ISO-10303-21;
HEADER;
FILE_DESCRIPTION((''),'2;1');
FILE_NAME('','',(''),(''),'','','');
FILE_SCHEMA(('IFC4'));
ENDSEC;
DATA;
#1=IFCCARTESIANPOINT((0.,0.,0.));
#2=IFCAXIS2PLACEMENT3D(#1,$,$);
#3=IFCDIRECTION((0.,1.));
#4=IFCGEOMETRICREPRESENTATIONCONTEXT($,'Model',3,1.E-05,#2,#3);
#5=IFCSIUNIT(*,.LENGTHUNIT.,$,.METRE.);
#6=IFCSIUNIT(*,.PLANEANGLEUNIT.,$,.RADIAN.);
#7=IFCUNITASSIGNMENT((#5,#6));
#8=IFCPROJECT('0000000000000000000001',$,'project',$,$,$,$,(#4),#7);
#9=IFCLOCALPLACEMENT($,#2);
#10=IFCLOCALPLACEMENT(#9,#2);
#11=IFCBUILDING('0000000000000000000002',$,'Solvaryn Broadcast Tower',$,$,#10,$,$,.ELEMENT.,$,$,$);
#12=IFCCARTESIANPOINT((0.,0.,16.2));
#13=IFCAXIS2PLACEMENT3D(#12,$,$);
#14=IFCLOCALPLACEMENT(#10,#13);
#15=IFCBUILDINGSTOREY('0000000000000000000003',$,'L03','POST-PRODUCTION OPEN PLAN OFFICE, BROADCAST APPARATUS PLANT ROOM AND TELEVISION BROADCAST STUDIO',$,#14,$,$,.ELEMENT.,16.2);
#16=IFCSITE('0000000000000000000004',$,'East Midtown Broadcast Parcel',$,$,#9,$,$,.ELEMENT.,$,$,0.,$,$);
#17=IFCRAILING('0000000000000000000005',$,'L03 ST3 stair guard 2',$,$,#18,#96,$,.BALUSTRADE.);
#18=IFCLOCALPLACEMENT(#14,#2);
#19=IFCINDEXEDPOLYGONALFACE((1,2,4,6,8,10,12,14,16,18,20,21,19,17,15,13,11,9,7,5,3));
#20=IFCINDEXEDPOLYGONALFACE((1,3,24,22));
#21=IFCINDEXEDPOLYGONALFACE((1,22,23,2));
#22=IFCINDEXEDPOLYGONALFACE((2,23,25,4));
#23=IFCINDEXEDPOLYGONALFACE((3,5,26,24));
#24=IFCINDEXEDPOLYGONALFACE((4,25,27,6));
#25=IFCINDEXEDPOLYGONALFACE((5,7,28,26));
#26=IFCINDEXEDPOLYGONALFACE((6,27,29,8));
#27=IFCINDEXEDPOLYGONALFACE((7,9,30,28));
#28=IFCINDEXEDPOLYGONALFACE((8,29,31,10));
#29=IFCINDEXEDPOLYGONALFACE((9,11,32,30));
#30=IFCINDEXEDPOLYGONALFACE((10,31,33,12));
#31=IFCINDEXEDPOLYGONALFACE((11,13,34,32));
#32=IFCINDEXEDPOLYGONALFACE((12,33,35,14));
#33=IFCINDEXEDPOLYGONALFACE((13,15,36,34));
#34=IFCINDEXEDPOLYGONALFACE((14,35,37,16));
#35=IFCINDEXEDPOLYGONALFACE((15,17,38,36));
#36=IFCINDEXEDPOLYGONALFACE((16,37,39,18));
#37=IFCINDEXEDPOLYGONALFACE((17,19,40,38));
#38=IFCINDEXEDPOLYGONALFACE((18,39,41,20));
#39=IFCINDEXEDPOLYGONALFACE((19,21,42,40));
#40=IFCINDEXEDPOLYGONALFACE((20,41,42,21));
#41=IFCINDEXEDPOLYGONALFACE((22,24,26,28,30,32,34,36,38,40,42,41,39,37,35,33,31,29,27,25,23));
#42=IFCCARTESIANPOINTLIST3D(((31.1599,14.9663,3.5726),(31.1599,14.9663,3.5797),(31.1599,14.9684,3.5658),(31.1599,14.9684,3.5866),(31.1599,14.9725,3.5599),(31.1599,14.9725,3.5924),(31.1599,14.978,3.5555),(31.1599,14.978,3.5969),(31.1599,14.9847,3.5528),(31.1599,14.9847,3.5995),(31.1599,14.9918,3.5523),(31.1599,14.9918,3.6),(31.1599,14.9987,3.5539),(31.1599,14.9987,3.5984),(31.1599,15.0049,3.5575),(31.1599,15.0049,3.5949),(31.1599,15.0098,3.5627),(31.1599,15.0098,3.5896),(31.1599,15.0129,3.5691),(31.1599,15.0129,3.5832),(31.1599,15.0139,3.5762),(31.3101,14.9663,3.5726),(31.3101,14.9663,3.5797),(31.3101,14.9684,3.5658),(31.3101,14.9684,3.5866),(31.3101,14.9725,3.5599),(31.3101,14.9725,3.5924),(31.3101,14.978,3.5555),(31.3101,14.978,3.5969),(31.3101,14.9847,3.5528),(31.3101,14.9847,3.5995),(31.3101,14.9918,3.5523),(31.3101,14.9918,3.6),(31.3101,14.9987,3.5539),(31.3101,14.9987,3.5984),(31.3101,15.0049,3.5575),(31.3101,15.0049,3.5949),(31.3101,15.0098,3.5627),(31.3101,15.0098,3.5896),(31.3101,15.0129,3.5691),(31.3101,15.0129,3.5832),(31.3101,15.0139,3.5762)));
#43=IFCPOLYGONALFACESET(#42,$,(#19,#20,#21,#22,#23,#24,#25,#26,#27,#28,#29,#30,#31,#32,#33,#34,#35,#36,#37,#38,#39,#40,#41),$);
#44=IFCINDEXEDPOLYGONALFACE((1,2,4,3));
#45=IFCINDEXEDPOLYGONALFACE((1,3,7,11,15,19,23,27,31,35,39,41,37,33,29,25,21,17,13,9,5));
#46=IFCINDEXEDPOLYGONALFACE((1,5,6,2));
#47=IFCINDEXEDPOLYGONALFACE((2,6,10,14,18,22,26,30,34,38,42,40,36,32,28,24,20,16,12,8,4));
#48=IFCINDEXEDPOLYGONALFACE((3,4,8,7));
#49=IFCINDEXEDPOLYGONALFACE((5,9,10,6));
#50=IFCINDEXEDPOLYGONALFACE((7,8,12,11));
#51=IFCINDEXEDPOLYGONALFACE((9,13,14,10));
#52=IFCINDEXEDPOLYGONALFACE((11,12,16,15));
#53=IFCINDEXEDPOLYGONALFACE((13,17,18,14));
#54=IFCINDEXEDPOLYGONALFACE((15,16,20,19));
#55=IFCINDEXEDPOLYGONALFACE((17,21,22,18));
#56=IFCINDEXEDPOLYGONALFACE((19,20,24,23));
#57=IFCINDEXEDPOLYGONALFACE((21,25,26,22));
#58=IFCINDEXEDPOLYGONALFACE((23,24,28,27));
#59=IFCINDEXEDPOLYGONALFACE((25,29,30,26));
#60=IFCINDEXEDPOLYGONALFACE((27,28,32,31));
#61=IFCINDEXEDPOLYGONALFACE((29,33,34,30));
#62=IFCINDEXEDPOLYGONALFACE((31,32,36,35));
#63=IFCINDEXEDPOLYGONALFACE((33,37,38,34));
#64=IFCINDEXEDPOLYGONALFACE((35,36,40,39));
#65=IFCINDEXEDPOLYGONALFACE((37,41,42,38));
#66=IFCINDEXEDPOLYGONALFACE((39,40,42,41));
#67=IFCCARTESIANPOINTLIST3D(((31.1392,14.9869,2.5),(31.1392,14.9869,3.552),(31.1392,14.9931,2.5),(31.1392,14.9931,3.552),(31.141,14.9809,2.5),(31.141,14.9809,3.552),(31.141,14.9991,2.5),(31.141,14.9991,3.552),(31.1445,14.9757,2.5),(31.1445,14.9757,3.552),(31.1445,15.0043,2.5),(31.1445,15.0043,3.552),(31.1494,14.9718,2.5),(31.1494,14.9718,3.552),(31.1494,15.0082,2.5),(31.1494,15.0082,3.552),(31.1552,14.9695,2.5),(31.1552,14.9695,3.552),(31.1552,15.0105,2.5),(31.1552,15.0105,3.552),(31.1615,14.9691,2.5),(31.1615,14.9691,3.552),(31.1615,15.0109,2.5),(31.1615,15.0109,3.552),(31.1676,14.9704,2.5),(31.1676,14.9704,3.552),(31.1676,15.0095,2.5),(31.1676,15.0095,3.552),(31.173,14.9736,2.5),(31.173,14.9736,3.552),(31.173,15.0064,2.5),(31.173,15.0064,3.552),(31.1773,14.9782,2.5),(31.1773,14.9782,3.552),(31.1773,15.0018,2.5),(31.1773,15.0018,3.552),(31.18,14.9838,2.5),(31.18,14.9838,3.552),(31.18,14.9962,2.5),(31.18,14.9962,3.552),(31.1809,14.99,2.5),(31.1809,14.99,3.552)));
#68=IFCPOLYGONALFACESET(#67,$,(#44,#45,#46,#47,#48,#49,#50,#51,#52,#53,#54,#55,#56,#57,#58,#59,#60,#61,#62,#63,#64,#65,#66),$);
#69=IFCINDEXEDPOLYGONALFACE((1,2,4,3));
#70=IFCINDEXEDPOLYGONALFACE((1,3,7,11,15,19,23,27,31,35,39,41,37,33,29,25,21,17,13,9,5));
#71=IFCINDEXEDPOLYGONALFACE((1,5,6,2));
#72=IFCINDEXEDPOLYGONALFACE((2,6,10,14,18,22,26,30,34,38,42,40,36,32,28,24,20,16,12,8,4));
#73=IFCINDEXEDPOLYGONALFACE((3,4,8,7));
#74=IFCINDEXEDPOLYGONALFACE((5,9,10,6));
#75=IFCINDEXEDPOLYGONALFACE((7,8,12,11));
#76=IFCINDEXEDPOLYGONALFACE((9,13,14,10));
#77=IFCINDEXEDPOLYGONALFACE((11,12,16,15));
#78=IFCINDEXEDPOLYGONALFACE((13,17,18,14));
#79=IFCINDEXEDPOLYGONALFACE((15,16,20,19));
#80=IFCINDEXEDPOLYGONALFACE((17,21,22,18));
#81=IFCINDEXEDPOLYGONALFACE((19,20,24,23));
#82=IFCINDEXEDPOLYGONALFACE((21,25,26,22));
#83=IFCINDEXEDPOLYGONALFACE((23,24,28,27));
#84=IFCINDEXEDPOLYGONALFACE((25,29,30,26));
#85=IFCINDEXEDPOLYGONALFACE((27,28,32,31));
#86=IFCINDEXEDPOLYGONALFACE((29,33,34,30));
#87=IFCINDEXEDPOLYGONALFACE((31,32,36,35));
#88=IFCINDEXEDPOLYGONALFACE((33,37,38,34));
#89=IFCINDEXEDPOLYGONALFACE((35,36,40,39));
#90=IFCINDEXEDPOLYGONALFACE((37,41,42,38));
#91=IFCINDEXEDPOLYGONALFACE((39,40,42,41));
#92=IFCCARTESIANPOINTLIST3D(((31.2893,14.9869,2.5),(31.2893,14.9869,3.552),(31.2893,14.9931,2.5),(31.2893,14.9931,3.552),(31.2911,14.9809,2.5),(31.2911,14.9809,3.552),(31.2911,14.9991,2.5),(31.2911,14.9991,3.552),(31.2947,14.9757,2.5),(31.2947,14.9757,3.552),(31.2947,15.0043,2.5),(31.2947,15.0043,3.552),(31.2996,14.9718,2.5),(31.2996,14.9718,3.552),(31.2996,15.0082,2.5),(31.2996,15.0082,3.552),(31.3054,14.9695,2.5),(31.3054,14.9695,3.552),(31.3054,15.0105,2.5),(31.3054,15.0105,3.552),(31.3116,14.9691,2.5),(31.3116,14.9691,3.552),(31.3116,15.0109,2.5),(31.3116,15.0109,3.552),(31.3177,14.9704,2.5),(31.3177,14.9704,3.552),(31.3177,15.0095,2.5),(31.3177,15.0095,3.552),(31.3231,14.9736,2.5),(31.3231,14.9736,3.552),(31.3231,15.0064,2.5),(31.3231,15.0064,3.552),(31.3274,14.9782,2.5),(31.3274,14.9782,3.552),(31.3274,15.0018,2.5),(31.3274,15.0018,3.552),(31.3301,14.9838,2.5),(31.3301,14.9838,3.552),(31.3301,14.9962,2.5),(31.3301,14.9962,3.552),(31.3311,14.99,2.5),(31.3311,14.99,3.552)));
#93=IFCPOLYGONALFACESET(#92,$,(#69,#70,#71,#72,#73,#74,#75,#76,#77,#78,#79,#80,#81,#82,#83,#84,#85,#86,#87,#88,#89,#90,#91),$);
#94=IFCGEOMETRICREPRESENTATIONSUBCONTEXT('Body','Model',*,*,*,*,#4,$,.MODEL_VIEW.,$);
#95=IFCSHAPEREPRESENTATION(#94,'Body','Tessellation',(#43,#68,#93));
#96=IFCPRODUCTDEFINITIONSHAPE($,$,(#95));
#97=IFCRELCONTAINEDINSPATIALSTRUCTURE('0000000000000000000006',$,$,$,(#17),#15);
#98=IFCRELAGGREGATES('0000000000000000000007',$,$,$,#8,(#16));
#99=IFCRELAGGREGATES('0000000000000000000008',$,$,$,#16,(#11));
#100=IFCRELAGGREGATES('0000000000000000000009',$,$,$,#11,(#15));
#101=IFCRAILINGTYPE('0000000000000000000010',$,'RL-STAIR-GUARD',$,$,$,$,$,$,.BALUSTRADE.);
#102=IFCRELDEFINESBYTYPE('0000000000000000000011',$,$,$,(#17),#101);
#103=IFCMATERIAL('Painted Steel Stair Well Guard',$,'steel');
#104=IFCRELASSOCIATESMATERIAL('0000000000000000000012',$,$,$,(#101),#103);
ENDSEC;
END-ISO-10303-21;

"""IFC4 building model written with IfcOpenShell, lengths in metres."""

from ifc_helpers import new_model, si_unit, direction, frame, origin, origin_2d, place, context, subcontext, project, spatial, circle, extrude, material, type_object, element, save


model = new_model("IFC4")

# Units and contexts
model_context = context("Model", 3, precision=1e-05, world=origin(), true_north=direction((0.0, 1.0)))
body_context = subcontext(model_context, "Body", "Model", "MODEL_VIEW")
ifc_project = project(units=[si_unit("LENGTHUNIT", "METRE"), si_unit("PLANEANGLEUNIT", "RADIAN")], contexts=[model_context])

# Site, building, storey
site_placement = place(None, origin())
site = spatial("IfcSite", under=ifc_project, at=site_placement, Name="East Midtown Broadcast Parcel", CompositionType="ELEMENT", RefElevation=0.0)
building_placement = place(site_placement, origin())
building = spatial("IfcBuilding", under=site, at=building_placement, Name="Solvaryn Broadcast Tower", CompositionType="ELEMENT")
storey_placement = place(building_placement, frame((0.0, 0.0, 16.2)))
storey = spatial("IfcBuildingStorey", under=building, at=storey_placement, Name="L03", Description="POST-PRODUCTION OPEN PLAN OFFICE, BROADCAST APPARATUS PLANT ROOM AND TELEVISION BROADCAST STUDIO", CompositionType="ELEMENT", Elevation=16.2)

# Railing
ifc_material_1 = material(Name="Painted Steel Stair Well Guard", Category="steel")
railing_type_1 = type_object("IfcRailingType", Name="RL-STAIR-GUARD", PredefinedType="BALUSTRADE", material=ifc_material_1)
railing_1_placement = place(storey_placement, frame((31.1599, 14.99, 2.5)))
element("IfcRailing", 1, at=railing_1_placement, inside=storey, type_object=railing_type_1, Name="L03 ST3 stair guard 2", PredefinedType="BALUSTRADE", context=body_context, shape_type="SweptSolid", body=[
    extrude(circle(Radius=0.0239, at=origin_2d()), frame((0.0, 0.0, 1.0762), z_axis=(1.0, 0.0, 0.0), x_axis=(0.0, 1.0, 0.0)), (0.0, 0.0, 1.0), 0.1501),
    extrude(circle(Radius=0.021, at=origin_2d()), origin(), (0.0, 0.0, 1.0), 1.052),
    extrude(circle(Radius=0.021, at=origin_2d()), frame((0.1501, 0.0, 0.0)), (0.0, 0.0, 1.0), 1.052),
])

save(model, "model.ifc")
